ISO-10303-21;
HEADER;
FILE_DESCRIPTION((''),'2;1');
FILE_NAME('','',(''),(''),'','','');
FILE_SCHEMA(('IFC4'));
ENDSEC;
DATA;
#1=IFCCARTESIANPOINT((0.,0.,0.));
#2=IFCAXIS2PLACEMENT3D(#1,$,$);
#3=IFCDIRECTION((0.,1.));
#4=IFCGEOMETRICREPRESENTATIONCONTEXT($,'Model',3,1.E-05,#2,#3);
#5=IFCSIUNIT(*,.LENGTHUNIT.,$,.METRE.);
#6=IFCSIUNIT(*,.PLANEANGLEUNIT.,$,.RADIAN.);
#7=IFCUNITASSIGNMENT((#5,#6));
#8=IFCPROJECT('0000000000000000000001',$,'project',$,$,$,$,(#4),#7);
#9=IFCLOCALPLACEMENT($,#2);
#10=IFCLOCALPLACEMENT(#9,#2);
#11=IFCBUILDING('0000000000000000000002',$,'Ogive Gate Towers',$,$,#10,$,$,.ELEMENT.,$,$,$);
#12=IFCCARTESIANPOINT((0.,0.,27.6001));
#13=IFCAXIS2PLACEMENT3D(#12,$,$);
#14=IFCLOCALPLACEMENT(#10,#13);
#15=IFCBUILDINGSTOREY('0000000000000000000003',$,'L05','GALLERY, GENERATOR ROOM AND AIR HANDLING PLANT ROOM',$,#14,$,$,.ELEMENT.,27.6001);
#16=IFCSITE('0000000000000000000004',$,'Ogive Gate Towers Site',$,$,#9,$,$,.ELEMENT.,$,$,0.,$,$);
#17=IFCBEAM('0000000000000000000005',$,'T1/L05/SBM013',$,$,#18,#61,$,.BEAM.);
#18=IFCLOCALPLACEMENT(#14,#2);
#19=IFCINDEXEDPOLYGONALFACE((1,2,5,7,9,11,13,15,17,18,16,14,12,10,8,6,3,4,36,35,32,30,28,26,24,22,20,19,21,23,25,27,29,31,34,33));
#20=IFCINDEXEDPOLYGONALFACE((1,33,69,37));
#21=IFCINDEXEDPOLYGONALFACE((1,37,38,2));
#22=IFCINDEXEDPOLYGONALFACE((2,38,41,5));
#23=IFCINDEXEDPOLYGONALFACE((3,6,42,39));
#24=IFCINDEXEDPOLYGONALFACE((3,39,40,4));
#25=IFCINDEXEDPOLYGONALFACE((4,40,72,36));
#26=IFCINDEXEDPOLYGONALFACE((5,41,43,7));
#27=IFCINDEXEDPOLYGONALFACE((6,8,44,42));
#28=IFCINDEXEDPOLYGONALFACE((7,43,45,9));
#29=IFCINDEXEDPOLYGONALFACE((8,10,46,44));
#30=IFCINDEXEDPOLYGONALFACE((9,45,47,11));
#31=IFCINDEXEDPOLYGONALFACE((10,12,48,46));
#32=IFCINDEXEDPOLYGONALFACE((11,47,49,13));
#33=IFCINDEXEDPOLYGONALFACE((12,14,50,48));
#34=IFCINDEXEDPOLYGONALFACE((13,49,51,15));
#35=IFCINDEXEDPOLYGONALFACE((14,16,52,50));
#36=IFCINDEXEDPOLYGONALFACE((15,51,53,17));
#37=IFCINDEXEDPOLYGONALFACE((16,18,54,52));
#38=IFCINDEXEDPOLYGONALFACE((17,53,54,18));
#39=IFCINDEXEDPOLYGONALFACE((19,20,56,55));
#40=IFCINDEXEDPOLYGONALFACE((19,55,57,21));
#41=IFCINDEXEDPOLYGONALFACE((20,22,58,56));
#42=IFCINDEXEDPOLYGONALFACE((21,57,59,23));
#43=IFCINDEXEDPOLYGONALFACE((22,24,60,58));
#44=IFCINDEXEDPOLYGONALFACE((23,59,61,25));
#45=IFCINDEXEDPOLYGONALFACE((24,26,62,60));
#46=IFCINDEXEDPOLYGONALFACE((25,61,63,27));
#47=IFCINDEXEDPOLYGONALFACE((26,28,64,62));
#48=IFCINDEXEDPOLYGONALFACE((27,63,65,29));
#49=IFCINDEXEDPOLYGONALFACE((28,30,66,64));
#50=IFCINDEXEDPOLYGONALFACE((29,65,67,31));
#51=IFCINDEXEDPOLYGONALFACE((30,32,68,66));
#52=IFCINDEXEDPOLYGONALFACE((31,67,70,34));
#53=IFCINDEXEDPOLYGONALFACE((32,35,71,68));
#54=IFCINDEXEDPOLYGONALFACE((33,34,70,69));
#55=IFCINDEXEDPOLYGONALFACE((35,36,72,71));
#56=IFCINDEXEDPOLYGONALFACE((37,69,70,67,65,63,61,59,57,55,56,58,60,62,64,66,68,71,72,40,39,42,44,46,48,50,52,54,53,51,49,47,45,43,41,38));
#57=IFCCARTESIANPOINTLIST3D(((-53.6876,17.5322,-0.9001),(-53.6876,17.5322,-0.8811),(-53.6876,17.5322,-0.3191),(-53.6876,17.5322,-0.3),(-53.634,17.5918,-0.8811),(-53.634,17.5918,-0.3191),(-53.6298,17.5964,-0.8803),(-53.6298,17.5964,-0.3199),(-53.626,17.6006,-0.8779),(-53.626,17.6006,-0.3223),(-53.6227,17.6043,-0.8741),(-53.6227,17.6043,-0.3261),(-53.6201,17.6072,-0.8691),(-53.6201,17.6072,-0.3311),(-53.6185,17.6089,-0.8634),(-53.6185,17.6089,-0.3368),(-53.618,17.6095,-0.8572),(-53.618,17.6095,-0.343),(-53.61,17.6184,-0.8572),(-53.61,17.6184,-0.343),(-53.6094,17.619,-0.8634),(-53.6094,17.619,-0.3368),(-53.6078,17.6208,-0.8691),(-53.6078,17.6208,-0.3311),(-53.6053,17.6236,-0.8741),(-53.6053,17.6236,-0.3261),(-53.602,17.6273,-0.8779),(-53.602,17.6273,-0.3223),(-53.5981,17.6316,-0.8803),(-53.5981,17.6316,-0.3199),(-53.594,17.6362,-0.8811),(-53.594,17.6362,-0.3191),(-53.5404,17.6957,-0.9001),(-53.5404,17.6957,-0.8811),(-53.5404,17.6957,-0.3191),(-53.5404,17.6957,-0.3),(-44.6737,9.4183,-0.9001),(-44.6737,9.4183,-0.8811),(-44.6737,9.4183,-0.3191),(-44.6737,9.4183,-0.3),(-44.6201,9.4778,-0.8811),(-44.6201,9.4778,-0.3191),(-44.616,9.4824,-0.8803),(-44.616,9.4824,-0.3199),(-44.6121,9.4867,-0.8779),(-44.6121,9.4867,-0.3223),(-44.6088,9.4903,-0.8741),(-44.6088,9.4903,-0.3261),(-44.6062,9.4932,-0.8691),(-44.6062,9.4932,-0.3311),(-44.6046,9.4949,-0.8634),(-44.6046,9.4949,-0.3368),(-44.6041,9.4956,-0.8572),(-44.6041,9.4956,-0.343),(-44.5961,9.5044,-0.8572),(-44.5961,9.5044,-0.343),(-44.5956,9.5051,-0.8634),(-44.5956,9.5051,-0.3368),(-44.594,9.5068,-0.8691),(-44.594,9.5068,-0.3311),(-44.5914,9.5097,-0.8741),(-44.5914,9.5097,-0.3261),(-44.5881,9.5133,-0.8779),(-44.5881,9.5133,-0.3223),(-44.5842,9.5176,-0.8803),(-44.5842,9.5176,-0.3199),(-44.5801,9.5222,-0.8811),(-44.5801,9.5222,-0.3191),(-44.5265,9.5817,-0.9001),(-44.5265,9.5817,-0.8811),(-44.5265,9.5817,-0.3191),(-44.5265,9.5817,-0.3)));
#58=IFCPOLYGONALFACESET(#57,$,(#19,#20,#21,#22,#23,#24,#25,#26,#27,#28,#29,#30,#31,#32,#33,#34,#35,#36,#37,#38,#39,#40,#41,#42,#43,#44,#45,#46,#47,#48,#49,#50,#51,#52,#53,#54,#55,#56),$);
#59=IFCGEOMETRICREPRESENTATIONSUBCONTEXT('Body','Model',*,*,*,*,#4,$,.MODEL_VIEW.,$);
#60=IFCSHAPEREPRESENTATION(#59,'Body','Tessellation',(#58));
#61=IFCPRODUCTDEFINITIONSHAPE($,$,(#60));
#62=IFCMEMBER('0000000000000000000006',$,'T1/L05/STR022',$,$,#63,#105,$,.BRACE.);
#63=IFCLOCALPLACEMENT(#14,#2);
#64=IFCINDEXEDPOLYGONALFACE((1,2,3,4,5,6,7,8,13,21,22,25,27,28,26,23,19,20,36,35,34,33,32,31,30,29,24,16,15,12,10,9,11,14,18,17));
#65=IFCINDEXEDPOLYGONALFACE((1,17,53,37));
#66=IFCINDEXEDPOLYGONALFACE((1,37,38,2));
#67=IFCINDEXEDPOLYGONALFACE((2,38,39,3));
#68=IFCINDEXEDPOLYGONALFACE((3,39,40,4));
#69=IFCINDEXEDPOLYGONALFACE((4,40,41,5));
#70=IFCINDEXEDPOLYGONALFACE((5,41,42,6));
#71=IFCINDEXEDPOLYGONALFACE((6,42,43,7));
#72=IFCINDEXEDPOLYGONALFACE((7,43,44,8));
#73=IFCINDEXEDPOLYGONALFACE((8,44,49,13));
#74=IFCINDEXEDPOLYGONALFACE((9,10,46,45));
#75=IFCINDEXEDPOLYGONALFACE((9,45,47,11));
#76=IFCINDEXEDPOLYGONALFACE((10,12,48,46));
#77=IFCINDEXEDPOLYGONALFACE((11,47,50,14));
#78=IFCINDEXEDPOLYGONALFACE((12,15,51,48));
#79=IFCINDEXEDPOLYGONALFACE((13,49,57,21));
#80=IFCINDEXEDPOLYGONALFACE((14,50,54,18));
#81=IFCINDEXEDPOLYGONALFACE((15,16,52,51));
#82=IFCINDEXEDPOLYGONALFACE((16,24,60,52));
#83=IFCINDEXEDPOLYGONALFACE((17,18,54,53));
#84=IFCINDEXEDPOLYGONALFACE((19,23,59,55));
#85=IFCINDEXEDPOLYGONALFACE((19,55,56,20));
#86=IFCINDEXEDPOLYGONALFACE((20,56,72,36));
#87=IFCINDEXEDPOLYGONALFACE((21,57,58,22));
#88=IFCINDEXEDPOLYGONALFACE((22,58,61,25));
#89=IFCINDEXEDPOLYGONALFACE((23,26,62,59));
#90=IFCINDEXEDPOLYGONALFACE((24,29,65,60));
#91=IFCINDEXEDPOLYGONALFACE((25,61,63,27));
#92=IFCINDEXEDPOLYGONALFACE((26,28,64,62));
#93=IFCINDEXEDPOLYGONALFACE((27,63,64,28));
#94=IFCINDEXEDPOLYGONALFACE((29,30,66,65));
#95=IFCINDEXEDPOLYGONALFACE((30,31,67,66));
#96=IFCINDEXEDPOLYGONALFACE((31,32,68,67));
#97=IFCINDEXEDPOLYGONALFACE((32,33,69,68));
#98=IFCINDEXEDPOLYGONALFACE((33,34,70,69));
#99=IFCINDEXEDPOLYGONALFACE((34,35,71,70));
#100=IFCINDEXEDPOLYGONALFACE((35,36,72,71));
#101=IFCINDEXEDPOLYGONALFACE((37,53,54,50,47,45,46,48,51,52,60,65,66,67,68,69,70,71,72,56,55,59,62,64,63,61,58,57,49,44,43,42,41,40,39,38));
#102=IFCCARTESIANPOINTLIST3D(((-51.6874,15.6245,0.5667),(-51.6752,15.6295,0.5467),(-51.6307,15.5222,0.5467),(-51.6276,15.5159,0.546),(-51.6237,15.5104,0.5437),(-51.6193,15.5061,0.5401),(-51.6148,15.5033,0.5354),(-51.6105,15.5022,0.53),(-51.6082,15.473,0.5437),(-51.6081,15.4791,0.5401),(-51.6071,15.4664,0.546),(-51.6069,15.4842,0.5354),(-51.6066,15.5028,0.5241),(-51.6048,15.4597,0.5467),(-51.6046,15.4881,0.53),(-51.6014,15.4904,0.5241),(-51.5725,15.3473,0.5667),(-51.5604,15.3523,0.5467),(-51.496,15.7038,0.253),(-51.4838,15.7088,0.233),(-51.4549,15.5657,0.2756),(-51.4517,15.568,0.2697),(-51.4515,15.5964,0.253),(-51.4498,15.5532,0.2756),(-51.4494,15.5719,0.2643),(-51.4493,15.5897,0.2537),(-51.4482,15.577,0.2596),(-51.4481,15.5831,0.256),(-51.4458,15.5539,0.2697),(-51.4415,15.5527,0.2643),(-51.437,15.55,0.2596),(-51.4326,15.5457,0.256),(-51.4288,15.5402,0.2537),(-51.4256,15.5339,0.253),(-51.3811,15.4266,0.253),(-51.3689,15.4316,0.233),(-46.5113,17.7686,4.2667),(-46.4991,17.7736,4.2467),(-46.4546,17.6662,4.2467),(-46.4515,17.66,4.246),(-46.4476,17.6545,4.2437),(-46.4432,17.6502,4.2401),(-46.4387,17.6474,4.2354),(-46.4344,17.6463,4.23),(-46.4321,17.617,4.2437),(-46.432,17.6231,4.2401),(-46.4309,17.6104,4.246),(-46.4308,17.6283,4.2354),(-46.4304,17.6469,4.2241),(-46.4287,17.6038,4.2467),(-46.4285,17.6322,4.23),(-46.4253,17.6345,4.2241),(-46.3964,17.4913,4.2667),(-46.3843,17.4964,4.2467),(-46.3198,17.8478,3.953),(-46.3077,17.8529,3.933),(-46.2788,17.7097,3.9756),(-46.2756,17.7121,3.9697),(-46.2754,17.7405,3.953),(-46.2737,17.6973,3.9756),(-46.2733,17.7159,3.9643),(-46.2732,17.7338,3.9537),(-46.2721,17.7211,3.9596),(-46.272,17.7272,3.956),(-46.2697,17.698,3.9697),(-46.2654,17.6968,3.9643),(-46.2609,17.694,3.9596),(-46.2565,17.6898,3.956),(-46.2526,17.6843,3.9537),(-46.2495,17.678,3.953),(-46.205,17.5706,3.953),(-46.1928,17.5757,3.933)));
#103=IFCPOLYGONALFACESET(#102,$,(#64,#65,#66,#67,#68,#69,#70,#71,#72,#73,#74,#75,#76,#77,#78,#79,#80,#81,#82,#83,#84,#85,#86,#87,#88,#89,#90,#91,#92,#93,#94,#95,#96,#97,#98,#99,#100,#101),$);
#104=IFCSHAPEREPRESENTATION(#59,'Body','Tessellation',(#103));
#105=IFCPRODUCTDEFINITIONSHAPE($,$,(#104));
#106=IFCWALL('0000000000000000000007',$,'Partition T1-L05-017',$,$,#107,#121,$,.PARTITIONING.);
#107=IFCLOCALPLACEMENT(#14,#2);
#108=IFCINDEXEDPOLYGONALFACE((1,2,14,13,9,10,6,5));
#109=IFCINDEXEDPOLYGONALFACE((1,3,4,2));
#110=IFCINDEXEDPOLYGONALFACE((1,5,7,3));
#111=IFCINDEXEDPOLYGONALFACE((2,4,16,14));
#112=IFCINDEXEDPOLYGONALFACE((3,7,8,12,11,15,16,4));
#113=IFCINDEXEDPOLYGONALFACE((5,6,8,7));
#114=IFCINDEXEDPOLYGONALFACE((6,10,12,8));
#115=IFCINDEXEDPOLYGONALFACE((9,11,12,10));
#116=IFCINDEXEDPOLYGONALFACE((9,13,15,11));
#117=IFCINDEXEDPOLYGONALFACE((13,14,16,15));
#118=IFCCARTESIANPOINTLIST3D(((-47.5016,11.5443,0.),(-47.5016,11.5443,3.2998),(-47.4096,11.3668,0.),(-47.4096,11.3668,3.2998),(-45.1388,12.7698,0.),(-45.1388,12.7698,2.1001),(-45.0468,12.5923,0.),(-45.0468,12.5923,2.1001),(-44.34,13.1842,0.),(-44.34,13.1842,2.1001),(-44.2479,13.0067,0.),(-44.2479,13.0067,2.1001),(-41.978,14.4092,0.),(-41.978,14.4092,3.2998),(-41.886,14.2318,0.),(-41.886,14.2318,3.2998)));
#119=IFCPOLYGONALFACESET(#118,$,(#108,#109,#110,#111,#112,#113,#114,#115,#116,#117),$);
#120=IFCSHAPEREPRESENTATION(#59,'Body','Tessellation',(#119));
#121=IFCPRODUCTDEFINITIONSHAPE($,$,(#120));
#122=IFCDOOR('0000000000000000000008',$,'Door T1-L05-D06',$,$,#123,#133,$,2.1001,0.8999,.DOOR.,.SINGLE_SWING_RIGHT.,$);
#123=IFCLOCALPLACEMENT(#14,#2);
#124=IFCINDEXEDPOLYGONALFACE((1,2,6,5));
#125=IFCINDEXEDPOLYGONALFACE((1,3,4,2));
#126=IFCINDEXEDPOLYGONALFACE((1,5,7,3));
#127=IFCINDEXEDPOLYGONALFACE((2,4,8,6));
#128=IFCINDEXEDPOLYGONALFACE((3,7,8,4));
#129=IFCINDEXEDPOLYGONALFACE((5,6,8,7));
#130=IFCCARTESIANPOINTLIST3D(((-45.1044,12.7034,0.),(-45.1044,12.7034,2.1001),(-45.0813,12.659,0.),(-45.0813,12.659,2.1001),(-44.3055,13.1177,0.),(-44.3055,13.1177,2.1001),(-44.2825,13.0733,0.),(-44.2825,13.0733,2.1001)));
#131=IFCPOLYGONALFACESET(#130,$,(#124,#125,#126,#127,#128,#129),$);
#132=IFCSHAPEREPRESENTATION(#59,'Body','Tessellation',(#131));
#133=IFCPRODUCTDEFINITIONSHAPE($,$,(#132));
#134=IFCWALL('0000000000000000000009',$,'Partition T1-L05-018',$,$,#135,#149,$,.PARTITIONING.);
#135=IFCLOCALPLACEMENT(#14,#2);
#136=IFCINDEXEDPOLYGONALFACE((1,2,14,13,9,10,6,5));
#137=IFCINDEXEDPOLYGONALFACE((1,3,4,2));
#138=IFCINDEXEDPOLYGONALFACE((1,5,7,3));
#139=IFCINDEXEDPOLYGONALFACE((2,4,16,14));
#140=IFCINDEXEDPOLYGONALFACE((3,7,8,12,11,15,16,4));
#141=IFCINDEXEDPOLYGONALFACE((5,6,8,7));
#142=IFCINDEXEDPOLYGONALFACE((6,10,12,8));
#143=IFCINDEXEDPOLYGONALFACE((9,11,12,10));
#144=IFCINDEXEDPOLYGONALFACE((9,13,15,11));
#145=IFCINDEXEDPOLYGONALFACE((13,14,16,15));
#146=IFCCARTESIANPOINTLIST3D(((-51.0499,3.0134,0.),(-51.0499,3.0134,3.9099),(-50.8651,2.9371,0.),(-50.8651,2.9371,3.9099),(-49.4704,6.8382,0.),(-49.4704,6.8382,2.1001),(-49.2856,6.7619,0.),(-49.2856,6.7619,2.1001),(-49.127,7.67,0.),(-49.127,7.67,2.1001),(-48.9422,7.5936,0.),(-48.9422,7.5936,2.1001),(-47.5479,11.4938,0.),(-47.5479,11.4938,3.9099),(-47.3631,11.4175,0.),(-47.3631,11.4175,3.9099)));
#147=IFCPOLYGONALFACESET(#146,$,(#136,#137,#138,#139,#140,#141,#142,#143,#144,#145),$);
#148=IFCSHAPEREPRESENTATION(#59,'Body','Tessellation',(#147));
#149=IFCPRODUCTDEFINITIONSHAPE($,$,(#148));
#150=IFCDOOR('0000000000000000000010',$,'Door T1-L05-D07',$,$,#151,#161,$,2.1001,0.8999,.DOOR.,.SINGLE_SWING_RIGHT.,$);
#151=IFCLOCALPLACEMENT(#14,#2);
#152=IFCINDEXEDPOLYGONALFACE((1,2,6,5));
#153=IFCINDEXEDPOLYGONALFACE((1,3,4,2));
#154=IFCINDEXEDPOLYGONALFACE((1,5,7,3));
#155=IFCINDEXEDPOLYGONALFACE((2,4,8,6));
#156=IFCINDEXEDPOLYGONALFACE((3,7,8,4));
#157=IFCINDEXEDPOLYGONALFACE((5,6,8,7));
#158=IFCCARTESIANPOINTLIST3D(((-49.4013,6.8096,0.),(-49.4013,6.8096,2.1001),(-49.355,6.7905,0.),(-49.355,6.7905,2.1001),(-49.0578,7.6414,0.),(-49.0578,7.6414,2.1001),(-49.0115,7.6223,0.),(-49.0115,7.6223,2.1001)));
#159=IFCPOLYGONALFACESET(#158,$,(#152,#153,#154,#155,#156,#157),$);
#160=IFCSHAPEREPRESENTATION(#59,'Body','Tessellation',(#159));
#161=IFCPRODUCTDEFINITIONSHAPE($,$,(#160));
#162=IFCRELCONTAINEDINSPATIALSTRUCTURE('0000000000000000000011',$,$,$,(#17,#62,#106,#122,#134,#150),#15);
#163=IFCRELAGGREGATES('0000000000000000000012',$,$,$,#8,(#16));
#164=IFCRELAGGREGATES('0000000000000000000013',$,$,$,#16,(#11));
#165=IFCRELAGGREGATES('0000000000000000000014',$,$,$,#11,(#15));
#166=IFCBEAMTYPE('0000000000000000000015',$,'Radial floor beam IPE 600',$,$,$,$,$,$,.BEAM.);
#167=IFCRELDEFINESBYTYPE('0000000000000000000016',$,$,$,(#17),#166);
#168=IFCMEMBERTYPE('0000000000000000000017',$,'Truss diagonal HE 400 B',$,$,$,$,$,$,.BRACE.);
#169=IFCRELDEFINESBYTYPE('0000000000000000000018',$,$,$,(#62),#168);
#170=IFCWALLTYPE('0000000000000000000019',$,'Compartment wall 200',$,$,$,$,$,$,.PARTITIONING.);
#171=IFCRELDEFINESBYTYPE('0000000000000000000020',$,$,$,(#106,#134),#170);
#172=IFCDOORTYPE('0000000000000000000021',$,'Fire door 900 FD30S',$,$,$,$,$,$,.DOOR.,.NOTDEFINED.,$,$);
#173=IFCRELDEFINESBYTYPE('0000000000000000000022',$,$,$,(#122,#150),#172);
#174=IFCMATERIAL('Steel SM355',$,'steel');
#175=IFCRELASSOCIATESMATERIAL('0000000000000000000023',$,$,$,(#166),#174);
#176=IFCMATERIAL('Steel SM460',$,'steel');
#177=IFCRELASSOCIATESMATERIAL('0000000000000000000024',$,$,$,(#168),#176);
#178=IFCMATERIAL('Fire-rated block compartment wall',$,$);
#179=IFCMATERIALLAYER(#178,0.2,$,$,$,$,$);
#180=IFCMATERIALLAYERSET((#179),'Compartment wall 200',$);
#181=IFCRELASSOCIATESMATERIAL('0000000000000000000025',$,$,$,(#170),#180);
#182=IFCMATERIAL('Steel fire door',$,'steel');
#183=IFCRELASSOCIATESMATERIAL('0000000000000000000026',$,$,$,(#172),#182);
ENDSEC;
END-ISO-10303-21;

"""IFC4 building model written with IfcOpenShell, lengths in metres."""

from ifc_helpers import new_model, si_unit, direction, frame, frame_2d, origin, origin_2d, place, context, subcontext, project, spatial, rectangle, i_section, extrude, material, layer, layer_set, material_profile, profile_set, type_object, element, fill, save


model = new_model("IFC4")

# Units and contexts
model_context = context("Model", 3, precision=1e-05, world=origin(), true_north=direction((0.0, 1.0)))
body_context = subcontext(model_context, "Body", "Model", "MODEL_VIEW")
ifc_project = project(units=[si_unit("LENGTHUNIT", "METRE"), si_unit("PLANEANGLEUNIT", "RADIAN")], contexts=[model_context])

# Site, building, storey
site_placement = place(None, origin())
site = spatial("IfcSite", under=ifc_project, at=site_placement, Name="Ogive Gate Towers Site", CompositionType="ELEMENT", RefElevation=0.0)
building_placement = place(site_placement, origin())
building = spatial("IfcBuilding", under=site, at=building_placement, Name="Ogive Gate Towers", CompositionType="ELEMENT")
storey_placement = place(building_placement, frame((0.0, 0.0, 27.6001)))
storey = spatial("IfcBuildingStorey", under=building, at=storey_placement, Name="L05", Description="GALLERY, GENERATOR ROOM AND AIR HANDLING PLANT ROOM", CompositionType="ELEMENT", Elevation=27.6001)

# Beam
ifc_material_1 = material(Name="Steel SM355", Category="steel")
ifc_material_profile_1 = material_profile(ifc_material_1, i_section(OverallWidth=0.22, OverallDepth=0.6001, WebThickness=0.012, FlangeThickness=0.019, FilletRadius=0.0239, at=origin_2d()), Name="IPE 600")
ifc_profile_set_1 = profile_set([ifc_material_profile_1], Name="Steel SM355")
beam_type_1 = type_object("IfcBeamType", Name="Radial floor beam IPE 600", PredefinedType="BEAM", material=ifc_profile_set_1)
beam_placement = place(storey_placement, frame((-44.6001, 9.5, -0.6001), z_axis=(-0.743233, 0.669033, 0.0), x_axis=(-0.669033, -0.743233, 0.0)))
element("IfcBeam", 1, at=beam_placement, inside=storey, type_object=beam_type_1, Name="T1/L05/SBM013", PredefinedType="BEAM", context=body_context, shape_type="SweptSolid", body=[
    extrude(i_section(OverallWidth=0.22, OverallDepth=0.6001, WebThickness=0.012, FlangeThickness=0.019, FilletRadius=0.0239, at=origin_2d()), origin(), (0.0, 0.0, 1.0), 12.1279),
])

# Member
ifc_material_2 = material(Name="Steel SM460", Category="steel")
ifc_material_profile_2 = material_profile(ifc_material_2, i_section(OverallWidth=0.3, OverallDepth=0.3999, WebThickness=0.0134, FlangeThickness=0.0239, FilletRadius=0.0271, at=origin_2d()), Name="HE 400 B")
ifc_profile_set_2 = profile_set([ifc_material_profile_2], Name="Steel SM460")
member_type = type_object("IfcMemberType", Name="Truss diagonal HE 400 B", PredefinedType="BRACE", material=ifc_profile_set_2)
member_placement = place(storey_placement, frame((-46.3521, 17.6721, 4.0999), z_axis=(-0.77093, -0.319339, -0.55108), x_axis=(0.382693, -0.923876, 0.0)))
element("IfcMember", 2, at=member_placement, inside=storey, type_object=member_type, Name="T1/L05/STR022", PredefinedType="BRACE", context=body_context, shape_type="SweptSolid", body=[
    extrude(i_section(OverallWidth=0.3, OverallDepth=0.3999, WebThickness=0.0134, FlangeThickness=0.0239, FilletRadius=0.0271, at=origin_2d()), origin(), (0.0, 0.0, 1.0), 6.7141),
])

# Walls, openings, doors
ifc_material_3 = material(Name="Fire-rated block compartment wall")
ifc_layer_1 = layer(ifc_material_3, 0.2)
ifc_layer_set_1 = layer_set([ifc_layer_1], Name="Compartment wall 200")
wall_type_1 = type_object("IfcWallType", Name="Compartment wall 200", PredefinedType="PARTITIONING", material=ifc_layer_set_1)
wall_1_placement = place(storey_placement, frame((-41.9319, 14.3206, 0.0), z_axis=(0.0, 0.0, 1.0), x_axis=(-0.887698, -0.460426, 0.0)))
wall_1 = element("IfcWall", 3, at=wall_1_placement, inside=storey, type_object=wall_type_1, Name="Partition T1-L05-017", PredefinedType="PARTITIONING", context=body_context, shape_type="SweptSolid", body=[
    extrude(rectangle(XDim=6.2224, YDim=0.2, at=frame_2d((3.1113, 0.0))), origin(), (0.0, 0.0, 1.0), 3.2998),
])
opening_1_placement = place(wall_1_placement, frame((2.6609, 0.0, 0.0)))
opening_1 = element("IfcOpeningElement", 4, at=opening_1_placement, cuts=wall_1, PredefinedType="OPENING", context=body_context, shape_type="SweptSolid", body=[
    extrude(rectangle(XDim=0.8999, YDim=2.1001, at=frame_2d((0.45, 1.05))), frame((0.0, 0.1099, 0.0), z_axis=(0.0, -1.0, 0.0), x_axis=(1.0, 0.0, 0.0)), (0.0, 0.0, 1.0), 0.22),
])
ifc_material_4 = material(Name="Steel fire door", Category="steel")
door_type_1 = type_object("IfcDoorType", Name="Fire door 900 FD30S", OperationType="NOTDEFINED", PredefinedType="DOOR", material=ifc_material_4)
door_1_placement = place(opening_1_placement, origin())
door_1 = element("IfcDoor", 5, at=door_1_placement, inside=storey, type_object=door_type_1, Name="Door T1-L05-D06", OperationType="SINGLE_SWING_RIGHT", OverallHeight=2.1001, OverallWidth=0.8999, PredefinedType="DOOR", context=body_context, shape_type="SweptSolid", body=[
    extrude(rectangle(XDim=0.8999, YDim=2.1001, at=frame_2d((0.45, 1.05))), frame((0.0, 0.0249, 0.0), z_axis=(0.0, -1.0, 0.0), x_axis=(1.0, 0.0, 0.0)), (0.0, 0.0, 1.0), 0.05),
])
fill(opening_1, door_1)
wall_2_placement = place(storey_placement, frame((-47.4556, 11.4556, 0.0), z_axis=(0.0, 0.0, 1.0), x_axis=(-0.381681, -0.924294, 0.0)))
wall_2 = element("IfcWall", 6, at=wall_2_placement, inside=storey, type_object=wall_type_1, Name="Partition T1-L05-018", PredefinedType="PARTITIONING", context=body_context, shape_type="SweptSolid", body=[
    extrude(rectangle(XDim=9.175, YDim=0.2, at=frame_2d((4.5874, 0.0))), origin(), (0.0, 0.0, 1.0), 3.9099),
])
opening_2_placement = place(wall_2_placement, frame((4.137, 0.0, 0.0)))
opening_2 = element("IfcOpeningElement", 7, at=opening_2_placement, cuts=wall_2, PredefinedType="OPENING", context=body_context, shape_type="SweptSolid", body=[
    extrude(rectangle(XDim=0.8999, YDim=2.1001, at=frame_2d((0.45, 1.05))), frame((0.0, 0.1099, 0.0), z_axis=(0.0, -1.0, 0.0), x_axis=(1.0, 0.0, 0.0)), (0.0, 0.0, 1.0), 0.22),
])
door_2_placement = place(opening_2_placement, origin())
door_2 = element("IfcDoor", 8, at=door_2_placement, inside=storey, type_object=door_type_1, Name="Door T1-L05-D07", OperationType="SINGLE_SWING_RIGHT", OverallHeight=2.1001, OverallWidth=0.8999, PredefinedType="DOOR", context=body_context, shape_type="SweptSolid", body=[
    extrude(rectangle(XDim=0.8999, YDim=2.1001, at=frame_2d((0.45, 1.05))), frame((0.0, 0.0249, 0.0), z_axis=(0.0, -1.0, 0.0), x_axis=(1.0, 0.0, 0.0)), (0.0, 0.0, 1.0), 0.05),
])
fill(opening_2, door_2)

save(model, "model.ifc")
